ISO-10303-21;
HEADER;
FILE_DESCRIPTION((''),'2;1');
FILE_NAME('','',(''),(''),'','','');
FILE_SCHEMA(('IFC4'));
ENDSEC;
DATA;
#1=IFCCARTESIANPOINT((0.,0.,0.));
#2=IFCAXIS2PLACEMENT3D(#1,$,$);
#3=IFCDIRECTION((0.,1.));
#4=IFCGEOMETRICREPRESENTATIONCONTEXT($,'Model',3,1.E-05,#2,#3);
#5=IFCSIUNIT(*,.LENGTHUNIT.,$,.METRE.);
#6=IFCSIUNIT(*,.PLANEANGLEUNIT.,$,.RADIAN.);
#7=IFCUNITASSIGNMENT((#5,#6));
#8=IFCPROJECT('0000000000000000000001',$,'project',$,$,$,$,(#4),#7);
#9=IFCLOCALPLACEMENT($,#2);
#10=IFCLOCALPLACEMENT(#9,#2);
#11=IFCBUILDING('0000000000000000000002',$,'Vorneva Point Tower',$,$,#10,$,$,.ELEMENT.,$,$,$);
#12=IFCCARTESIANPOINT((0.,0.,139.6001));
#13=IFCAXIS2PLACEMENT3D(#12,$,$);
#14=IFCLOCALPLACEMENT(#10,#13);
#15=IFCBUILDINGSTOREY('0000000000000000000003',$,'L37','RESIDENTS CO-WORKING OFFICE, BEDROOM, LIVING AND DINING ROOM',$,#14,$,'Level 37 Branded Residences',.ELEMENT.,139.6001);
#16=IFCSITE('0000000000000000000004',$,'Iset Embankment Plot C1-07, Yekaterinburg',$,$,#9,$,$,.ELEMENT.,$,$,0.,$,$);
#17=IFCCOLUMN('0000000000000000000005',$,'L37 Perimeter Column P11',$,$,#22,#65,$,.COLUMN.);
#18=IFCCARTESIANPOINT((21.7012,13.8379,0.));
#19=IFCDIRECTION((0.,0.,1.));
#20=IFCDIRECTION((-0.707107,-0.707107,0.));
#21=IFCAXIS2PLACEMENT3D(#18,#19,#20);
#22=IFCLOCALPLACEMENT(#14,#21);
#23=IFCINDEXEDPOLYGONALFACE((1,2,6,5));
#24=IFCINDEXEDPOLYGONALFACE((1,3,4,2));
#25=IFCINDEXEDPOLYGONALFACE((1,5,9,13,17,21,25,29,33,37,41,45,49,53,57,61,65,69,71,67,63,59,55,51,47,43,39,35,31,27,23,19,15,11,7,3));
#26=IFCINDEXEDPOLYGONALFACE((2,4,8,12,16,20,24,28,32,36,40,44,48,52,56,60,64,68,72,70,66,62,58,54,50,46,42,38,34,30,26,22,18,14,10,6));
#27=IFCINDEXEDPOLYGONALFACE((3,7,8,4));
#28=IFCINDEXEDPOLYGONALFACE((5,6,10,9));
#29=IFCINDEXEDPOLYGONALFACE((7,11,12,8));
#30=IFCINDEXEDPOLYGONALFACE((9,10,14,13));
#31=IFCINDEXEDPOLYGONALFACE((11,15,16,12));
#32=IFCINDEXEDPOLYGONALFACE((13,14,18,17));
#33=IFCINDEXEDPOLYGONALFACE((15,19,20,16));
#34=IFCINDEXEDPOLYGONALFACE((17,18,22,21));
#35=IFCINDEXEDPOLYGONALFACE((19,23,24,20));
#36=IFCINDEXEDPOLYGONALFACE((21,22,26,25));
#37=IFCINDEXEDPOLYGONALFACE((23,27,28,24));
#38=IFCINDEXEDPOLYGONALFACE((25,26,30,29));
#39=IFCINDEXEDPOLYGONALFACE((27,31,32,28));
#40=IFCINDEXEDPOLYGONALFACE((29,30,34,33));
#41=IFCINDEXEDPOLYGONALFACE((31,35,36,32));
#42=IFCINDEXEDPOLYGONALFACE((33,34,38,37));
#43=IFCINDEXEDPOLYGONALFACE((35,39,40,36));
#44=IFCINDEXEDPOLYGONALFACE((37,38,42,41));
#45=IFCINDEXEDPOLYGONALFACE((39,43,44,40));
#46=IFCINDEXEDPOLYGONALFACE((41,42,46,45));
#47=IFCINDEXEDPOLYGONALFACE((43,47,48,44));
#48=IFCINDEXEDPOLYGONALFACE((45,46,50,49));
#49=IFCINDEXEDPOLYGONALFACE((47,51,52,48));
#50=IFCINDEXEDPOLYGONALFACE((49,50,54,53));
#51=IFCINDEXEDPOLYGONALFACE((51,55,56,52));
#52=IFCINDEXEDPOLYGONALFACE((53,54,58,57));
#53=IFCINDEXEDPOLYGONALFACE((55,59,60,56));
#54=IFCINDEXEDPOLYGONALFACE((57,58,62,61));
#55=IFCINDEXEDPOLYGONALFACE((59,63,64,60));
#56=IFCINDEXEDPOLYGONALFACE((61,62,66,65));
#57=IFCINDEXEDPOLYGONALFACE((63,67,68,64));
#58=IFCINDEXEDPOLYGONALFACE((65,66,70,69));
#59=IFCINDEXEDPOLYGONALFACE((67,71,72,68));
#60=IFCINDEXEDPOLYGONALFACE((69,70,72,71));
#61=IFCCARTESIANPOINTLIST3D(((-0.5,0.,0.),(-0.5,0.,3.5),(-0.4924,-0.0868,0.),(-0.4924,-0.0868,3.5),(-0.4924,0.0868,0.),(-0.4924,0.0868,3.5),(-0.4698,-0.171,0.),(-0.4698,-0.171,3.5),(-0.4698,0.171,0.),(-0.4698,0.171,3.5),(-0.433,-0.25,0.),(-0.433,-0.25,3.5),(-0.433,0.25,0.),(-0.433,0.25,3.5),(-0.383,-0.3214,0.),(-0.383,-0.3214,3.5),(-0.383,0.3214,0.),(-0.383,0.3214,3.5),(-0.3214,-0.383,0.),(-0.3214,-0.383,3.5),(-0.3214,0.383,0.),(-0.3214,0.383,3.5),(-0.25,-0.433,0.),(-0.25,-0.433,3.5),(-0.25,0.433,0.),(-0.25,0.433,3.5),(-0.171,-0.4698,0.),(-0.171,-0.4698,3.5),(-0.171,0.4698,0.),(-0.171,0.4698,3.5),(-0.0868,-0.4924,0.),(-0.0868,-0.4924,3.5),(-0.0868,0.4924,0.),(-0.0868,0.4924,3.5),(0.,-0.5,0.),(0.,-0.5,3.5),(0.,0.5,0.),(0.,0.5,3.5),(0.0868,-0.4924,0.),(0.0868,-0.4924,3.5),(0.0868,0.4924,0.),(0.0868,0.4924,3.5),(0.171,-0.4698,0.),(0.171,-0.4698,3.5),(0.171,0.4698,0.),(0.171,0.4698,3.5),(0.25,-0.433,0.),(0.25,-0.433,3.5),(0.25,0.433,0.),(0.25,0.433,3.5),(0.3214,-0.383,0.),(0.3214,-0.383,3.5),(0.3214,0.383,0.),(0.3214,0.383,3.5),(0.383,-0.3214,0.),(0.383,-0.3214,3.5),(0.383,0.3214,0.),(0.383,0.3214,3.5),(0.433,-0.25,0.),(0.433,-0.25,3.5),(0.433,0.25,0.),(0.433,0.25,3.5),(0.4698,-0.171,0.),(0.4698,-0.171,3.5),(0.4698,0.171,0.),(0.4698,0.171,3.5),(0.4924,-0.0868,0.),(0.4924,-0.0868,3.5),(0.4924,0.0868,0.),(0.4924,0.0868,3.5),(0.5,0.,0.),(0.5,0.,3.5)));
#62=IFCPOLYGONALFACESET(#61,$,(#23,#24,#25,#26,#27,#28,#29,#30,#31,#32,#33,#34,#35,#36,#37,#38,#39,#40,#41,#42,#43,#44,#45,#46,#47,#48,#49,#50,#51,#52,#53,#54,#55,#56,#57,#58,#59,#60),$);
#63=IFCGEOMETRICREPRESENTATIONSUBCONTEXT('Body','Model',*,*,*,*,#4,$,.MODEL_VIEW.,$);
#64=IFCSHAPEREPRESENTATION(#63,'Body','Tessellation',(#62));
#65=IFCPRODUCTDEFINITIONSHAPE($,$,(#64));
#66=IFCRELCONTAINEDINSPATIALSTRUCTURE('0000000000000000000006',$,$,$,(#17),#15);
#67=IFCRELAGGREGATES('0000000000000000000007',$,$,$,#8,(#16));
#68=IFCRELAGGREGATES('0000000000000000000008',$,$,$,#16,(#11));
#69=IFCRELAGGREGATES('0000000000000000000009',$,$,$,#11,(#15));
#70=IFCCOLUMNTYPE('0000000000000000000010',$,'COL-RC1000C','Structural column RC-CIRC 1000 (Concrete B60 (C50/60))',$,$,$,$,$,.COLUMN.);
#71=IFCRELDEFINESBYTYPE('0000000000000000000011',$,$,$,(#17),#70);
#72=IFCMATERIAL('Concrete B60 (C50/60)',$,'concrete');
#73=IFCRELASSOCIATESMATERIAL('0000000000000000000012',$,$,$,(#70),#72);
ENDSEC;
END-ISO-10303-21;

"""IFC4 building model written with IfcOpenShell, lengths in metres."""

from ifc_helpers import new_model, si_unit, direction, frame, origin, origin_2d, place, context, subcontext, project, spatial, circle, extrude, material, material_profile, profile_set, type_object, element, save


model = new_model("IFC4")

# Units and contexts
model_context = context("Model", 3, precision=1e-05, world=origin(), true_north=direction((0.0, 1.0)))
body_context = subcontext(model_context, "Body", "Model", "MODEL_VIEW")
ifc_project = project(units=[si_unit("LENGTHUNIT", "METRE"), si_unit("PLANEANGLEUNIT", "RADIAN")], contexts=[model_context])

# Site, building, storey
site_placement = place(None, origin())
site = spatial("IfcSite", under=ifc_project, at=site_placement, Name="Iset Embankment Plot C1-07, Yekaterinburg", CompositionType="ELEMENT", RefElevation=0.0)
building_placement = place(site_placement, origin())
building = spatial("IfcBuilding", under=site, at=building_placement, Name="Vorneva Point Tower", CompositionType="ELEMENT")
storey_placement = place(building_placement, frame((0.0, 0.0, 139.6001)))
storey = spatial("IfcBuildingStorey", under=building, at=storey_placement, Name="L37", Description="RESIDENTS CO-WORKING OFFICE, BEDROOM, LIVING AND DINING ROOM", LongName="Level 37 Branded Residences", CompositionType="ELEMENT", Elevation=139.6001)

# Column
ifc_material_1 = material(Name="Concrete B60 (C50/60)", Category="concrete")
ifc_material_profile_1 = material_profile(ifc_material_1, circle(Radius=0.5, at=origin_2d()), Name="RC-CIRC 1000")
ifc_profile_set_1 = profile_set([ifc_material_profile_1], Name="Concrete B60 (C50/60)")
column_type = type_object("IfcColumnType", Name="COL-RC1000C", Description="Structural column RC-CIRC 1000 (Concrete B60 (C50/60))", PredefinedType="COLUMN", material=ifc_profile_set_1)
column_placement = place(storey_placement, frame((21.7012, 13.8379, 0.0), z_axis=(0.0, 0.0, 1.0), x_axis=(-0.707107, -0.707107, 0.0)))
element("IfcColumn", 1, at=column_placement, inside=storey, type_object=column_type, Name="L37 Perimeter Column P11", PredefinedType="COLUMN", context=body_context, shape_type="SweptSolid", body=[
    extrude(circle(Radius=0.5, at=origin_2d()), origin(), (0.0, 0.0, 1.0), 3.5),
])

save(model, "model.ifc")
